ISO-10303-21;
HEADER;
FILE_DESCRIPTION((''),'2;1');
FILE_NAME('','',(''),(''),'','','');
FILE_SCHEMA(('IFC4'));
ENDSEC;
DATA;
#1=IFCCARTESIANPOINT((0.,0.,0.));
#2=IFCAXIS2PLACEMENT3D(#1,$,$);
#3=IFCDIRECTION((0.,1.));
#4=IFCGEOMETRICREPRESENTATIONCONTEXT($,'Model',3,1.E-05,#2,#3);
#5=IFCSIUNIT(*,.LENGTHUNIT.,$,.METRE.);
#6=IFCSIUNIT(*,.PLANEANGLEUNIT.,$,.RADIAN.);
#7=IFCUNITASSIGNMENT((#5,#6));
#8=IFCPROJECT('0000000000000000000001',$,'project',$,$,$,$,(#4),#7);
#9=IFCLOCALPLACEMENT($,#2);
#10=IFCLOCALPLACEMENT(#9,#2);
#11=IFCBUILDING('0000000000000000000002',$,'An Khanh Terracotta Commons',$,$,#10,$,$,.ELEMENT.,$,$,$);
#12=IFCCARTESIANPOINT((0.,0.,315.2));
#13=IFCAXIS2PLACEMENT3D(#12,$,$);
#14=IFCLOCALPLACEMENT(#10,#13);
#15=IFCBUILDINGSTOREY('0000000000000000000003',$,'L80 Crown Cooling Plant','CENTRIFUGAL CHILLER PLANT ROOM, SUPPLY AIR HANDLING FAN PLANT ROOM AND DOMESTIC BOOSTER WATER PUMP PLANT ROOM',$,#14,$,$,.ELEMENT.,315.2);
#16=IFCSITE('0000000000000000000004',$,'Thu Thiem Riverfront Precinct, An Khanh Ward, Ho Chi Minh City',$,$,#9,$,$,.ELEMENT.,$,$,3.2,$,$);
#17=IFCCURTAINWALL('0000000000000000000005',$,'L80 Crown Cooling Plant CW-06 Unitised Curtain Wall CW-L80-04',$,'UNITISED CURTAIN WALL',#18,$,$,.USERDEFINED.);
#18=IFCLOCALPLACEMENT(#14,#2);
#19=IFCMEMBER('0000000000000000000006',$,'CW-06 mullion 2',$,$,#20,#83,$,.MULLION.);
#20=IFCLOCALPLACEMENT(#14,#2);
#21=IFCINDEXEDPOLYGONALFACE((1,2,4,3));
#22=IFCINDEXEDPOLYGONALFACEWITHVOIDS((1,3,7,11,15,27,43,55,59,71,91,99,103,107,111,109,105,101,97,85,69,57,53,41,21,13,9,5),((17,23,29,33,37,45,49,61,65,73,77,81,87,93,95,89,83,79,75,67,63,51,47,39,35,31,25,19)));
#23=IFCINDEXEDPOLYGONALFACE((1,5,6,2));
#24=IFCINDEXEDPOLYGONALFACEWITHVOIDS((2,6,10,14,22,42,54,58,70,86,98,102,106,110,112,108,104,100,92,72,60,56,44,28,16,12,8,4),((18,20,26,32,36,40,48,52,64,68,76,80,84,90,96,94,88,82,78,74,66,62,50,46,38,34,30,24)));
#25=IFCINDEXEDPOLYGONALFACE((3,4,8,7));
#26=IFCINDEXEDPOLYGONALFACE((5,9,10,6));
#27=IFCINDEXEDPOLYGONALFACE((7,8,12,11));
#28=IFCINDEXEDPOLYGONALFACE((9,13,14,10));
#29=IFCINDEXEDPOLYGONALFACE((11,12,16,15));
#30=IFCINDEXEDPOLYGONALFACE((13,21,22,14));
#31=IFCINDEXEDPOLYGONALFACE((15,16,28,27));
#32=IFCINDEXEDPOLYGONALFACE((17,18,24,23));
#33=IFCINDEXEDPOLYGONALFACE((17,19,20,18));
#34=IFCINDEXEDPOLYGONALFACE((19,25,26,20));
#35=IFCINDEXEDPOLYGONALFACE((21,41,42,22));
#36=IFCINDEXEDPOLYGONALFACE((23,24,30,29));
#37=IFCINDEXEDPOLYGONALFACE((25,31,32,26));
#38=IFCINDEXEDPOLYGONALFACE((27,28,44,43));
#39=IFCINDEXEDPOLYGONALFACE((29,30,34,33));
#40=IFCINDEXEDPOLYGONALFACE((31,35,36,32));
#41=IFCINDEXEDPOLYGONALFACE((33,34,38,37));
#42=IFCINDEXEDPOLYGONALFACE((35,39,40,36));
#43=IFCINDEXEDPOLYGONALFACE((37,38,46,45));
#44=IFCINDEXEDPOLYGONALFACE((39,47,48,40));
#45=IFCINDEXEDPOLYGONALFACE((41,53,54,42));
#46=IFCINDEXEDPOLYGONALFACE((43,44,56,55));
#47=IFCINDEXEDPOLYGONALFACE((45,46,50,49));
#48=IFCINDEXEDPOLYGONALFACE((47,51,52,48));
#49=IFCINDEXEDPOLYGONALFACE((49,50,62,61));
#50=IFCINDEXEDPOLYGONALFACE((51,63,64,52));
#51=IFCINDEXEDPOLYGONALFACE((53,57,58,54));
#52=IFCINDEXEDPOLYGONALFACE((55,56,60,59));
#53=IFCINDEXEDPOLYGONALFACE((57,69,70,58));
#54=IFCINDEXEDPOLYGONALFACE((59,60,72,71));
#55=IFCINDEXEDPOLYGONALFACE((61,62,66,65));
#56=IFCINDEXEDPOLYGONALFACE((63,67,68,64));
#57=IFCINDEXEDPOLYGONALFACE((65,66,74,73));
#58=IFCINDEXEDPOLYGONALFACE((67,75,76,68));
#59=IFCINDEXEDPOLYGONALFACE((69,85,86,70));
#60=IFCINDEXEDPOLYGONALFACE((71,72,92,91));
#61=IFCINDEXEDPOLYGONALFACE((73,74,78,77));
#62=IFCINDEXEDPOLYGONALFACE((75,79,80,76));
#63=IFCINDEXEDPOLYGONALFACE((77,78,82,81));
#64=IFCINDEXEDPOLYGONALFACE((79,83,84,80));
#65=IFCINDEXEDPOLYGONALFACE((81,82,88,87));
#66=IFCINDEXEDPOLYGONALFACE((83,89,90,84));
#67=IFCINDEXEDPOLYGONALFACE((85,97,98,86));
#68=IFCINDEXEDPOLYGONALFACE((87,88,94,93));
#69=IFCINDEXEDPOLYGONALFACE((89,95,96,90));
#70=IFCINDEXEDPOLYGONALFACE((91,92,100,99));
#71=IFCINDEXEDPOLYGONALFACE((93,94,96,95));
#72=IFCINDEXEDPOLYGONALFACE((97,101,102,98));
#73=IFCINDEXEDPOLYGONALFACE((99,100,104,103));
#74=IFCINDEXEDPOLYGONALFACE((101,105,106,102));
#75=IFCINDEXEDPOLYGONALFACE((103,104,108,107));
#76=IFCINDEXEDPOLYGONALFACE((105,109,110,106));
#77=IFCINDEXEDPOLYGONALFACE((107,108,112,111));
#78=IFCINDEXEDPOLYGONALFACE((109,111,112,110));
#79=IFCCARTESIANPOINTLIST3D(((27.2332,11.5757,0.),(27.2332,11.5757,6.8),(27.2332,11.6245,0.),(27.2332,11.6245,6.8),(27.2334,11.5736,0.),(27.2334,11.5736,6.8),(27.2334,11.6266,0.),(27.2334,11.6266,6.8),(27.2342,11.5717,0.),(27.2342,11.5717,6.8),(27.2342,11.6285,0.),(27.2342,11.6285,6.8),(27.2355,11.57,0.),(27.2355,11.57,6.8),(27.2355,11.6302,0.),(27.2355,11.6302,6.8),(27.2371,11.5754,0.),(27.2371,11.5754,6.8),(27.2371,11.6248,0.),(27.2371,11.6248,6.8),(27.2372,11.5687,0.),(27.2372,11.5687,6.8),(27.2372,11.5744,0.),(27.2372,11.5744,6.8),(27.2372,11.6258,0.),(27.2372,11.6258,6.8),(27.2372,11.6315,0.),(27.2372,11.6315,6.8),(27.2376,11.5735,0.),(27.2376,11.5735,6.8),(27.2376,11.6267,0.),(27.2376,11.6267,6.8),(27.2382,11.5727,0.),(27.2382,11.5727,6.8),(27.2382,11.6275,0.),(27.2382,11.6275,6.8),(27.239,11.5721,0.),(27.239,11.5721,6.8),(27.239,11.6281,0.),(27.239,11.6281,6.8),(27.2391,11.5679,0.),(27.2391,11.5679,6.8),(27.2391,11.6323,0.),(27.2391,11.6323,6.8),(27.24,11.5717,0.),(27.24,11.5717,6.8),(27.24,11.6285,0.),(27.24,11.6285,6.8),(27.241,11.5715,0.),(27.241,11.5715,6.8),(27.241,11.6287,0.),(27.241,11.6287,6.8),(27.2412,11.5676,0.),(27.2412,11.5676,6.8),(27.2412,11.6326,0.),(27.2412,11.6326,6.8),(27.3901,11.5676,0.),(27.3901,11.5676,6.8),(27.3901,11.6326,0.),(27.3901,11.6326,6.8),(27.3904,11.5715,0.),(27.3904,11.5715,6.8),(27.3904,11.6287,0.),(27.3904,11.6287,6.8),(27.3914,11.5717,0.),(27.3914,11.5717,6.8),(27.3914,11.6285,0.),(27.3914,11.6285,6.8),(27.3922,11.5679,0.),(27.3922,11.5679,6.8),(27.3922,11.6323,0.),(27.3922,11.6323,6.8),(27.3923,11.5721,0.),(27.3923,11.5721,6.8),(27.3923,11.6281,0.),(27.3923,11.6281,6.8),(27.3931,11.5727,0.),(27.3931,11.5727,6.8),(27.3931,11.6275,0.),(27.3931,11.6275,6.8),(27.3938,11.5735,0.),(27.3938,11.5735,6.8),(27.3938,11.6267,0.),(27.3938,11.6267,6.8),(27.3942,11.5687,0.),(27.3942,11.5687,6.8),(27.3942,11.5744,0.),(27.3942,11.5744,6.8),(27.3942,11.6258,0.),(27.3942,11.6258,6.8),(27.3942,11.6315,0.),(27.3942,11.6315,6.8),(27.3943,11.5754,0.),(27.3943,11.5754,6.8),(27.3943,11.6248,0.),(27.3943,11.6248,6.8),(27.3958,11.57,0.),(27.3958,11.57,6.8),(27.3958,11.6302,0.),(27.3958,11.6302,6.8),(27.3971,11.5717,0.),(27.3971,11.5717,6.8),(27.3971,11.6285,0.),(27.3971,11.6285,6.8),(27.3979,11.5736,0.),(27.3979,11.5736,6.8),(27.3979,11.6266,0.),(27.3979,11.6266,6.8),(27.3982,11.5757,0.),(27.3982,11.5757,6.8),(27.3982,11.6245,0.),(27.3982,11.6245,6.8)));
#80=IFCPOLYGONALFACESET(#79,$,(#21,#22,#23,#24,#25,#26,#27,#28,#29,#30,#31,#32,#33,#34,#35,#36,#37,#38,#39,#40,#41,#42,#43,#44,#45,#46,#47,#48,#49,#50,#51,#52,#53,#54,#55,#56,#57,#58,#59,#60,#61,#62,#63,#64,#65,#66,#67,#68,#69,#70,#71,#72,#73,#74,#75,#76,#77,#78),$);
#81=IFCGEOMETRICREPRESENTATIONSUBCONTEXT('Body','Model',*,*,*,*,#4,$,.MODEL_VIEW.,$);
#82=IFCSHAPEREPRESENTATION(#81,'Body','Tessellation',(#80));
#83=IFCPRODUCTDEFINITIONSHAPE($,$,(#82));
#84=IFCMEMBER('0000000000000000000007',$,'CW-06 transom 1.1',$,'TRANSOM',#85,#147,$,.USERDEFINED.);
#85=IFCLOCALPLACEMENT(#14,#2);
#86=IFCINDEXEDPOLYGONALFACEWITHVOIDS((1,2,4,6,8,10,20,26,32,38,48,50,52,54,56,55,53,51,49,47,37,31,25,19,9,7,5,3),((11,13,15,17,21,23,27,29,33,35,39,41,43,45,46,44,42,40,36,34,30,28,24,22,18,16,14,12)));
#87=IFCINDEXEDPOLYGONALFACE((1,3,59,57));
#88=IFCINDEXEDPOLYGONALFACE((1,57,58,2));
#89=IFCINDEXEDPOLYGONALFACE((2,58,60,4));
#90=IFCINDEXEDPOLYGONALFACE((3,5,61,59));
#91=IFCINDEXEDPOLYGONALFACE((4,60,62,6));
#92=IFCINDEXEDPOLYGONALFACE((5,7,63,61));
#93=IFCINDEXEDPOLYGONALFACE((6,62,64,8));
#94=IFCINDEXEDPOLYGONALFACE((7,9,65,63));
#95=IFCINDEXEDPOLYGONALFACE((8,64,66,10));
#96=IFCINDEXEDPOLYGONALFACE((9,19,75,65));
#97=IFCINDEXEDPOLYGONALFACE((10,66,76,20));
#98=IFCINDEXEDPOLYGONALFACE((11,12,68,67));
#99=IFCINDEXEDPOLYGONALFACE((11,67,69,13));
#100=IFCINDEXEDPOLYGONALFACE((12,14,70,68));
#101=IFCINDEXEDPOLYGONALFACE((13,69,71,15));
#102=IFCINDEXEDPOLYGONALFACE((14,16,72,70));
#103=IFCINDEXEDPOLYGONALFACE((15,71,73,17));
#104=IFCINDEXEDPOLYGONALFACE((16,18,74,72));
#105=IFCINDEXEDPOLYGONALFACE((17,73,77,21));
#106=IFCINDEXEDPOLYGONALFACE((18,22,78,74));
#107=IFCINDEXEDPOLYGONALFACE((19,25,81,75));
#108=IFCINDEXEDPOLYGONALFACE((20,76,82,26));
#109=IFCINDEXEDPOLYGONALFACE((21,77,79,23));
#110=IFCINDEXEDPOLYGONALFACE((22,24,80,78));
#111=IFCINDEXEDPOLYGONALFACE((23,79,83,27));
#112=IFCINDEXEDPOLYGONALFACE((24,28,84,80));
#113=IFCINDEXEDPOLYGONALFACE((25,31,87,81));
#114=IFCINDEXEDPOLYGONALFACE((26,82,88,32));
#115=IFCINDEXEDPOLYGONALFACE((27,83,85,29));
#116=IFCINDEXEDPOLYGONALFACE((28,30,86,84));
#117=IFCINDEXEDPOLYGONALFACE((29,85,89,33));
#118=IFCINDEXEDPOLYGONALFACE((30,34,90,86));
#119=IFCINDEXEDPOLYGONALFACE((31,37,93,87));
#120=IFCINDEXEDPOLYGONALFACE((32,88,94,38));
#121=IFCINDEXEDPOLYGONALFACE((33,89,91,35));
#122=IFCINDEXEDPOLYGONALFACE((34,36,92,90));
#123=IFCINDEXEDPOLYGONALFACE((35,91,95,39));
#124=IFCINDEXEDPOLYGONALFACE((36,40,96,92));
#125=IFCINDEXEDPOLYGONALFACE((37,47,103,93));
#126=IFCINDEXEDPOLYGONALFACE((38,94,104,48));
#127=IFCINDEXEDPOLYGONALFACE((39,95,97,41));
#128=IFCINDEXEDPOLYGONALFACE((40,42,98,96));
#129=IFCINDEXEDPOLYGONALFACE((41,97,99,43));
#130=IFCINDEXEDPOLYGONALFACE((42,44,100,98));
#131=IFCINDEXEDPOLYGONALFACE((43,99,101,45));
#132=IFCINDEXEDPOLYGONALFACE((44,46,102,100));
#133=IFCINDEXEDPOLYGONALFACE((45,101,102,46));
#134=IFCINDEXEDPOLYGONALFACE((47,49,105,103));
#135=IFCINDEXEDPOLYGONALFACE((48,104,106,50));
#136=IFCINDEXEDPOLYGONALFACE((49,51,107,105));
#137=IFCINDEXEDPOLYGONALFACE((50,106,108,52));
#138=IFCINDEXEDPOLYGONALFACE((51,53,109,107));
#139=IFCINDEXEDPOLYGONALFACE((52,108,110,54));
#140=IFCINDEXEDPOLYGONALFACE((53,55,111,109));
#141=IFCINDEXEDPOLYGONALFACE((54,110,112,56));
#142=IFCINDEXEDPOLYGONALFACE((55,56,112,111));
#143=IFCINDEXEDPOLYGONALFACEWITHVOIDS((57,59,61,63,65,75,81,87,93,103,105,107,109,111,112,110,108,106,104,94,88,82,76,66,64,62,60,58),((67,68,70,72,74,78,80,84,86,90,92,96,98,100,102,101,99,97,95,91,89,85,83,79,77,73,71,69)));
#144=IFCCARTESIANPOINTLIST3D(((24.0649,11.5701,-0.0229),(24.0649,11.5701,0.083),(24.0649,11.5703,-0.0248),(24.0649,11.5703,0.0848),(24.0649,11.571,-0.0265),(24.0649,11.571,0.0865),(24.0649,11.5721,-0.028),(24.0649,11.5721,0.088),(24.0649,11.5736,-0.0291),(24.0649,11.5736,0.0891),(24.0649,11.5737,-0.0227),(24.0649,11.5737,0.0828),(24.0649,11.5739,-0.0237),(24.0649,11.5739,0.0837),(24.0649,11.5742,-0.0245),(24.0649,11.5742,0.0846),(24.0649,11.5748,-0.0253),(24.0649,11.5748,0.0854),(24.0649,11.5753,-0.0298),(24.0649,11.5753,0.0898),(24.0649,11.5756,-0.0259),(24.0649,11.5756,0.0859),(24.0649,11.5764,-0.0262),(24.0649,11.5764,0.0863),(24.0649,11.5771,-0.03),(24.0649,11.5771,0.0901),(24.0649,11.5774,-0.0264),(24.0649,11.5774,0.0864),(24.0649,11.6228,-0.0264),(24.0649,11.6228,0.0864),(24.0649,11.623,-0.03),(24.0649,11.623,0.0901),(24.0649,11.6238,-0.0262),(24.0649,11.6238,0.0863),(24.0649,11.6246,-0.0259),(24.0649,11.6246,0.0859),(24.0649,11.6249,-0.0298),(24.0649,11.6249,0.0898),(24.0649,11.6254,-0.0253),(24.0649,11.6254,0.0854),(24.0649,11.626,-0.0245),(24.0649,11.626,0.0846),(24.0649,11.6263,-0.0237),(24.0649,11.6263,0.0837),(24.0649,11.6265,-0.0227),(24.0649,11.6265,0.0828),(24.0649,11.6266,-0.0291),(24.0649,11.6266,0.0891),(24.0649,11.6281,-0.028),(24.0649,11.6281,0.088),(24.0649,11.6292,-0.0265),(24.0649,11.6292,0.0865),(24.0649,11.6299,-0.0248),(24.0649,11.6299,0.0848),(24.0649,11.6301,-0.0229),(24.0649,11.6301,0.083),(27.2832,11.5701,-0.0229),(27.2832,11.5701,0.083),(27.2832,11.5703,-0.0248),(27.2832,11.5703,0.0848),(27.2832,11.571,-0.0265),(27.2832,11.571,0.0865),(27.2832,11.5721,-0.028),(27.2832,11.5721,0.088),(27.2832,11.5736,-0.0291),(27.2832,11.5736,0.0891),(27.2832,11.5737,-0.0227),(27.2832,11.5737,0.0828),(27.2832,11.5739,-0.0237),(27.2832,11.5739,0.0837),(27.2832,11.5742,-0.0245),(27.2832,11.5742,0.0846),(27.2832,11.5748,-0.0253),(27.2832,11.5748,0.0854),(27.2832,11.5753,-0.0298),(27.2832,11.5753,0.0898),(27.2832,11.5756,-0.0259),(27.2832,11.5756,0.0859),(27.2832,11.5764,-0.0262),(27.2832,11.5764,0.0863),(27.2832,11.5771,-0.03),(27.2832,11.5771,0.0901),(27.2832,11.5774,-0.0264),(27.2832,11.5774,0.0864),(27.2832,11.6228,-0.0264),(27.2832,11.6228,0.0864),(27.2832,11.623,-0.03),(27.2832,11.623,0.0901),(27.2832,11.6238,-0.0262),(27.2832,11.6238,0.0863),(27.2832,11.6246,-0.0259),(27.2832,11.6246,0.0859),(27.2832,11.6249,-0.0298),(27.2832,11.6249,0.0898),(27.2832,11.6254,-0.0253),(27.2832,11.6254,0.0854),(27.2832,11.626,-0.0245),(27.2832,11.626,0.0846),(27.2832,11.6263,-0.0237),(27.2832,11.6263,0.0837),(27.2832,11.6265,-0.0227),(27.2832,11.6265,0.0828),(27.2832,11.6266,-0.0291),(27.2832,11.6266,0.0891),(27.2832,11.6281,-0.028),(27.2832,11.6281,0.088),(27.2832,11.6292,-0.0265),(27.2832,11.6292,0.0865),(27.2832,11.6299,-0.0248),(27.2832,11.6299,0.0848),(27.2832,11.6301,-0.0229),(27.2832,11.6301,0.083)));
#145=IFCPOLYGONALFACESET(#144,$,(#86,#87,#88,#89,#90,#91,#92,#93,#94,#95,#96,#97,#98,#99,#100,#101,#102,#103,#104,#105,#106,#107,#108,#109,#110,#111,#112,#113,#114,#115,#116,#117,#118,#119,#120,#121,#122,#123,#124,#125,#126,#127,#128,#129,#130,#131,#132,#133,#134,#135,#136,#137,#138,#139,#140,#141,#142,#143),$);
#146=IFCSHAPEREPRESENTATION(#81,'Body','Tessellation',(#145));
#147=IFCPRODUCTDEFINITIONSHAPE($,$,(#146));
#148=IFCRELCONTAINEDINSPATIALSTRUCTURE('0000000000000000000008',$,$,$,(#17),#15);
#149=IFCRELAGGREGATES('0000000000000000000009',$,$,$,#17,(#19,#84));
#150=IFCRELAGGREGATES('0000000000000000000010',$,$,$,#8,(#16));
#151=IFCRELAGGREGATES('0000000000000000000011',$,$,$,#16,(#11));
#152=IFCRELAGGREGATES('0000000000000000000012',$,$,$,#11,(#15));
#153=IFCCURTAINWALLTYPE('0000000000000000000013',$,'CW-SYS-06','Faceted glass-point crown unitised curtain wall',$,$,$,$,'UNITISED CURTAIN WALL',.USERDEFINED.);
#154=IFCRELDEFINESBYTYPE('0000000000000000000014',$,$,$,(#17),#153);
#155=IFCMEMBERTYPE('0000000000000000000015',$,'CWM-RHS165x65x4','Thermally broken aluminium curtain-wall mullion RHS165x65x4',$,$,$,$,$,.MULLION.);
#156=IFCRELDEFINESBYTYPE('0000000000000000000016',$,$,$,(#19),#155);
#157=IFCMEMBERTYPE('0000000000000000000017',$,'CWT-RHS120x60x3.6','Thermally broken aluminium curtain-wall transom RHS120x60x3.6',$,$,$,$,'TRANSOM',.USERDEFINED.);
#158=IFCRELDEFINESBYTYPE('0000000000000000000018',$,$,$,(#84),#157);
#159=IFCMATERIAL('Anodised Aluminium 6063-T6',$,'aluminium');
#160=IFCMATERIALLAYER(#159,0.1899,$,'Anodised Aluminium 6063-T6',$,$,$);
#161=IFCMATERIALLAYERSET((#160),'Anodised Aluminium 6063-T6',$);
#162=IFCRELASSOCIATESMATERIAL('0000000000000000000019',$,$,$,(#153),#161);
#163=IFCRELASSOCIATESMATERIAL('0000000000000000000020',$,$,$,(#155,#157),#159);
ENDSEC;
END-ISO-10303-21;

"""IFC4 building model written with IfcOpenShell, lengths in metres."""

from ifc_helpers import new_model, si_unit, direction, frame, origin, origin_2d, place, context, subcontext, project, spatial, hollow_rectangle, extrude, material, layer, layer_set, material_profile, profile_set, type_object, element, aggregate, save


model = new_model("IFC4")

# Units and contexts
model_context = context("Model", 3, precision=1e-05, world=origin(), true_north=direction((0.0, 1.0)))
body_context = subcontext(model_context, "Body", "Model", "MODEL_VIEW")
ifc_project = project(units=[si_unit("LENGTHUNIT", "METRE"), si_unit("PLANEANGLEUNIT", "RADIAN")], contexts=[model_context])

# Site, building, storey
site_placement = place(None, origin())
site = spatial("IfcSite", under=ifc_project, at=site_placement, Name="Thu Thiem Riverfront Precinct, An Khanh Ward, Ho Chi Minh City", CompositionType="ELEMENT", RefElevation=3.2)
building_placement = place(site_placement, origin())
building = spatial("IfcBuilding", under=site, at=building_placement, Name="An Khanh Terracotta Commons", CompositionType="ELEMENT")
storey_placement = place(building_placement, frame((0.0, 0.0, 315.2)))
storey = spatial("IfcBuildingStorey", under=building, at=storey_placement, Name="L80 Crown Cooling Plant", Description="CENTRIFUGAL CHILLER PLANT ROOM, SUPPLY AIR HANDLING FAN PLANT ROOM AND DOMESTIC BOOSTER WATER PUMP PLANT ROOM", CompositionType="ELEMENT", Elevation=315.2)

# Curtain wall, members
ifc_material_1 = material(Name="Anodised Aluminium 6063-T6", Category="aluminium")
ifc_layer_1 = layer(ifc_material_1, 0.1899, Name="Anodised Aluminium 6063-T6")
ifc_layer_set_1 = layer_set([ifc_layer_1], Name="Anodised Aluminium 6063-T6")
curtain_wall_type = type_object("IfcCurtainWallType", Name="CW-SYS-06", Description="Faceted glass-point crown unitised curtain wall", ElementType="UNITISED CURTAIN WALL", PredefinedType="USERDEFINED", material=ifc_layer_set_1)
curtain_wall_placement = place(storey_placement, origin())
curtain_wall = element("IfcCurtainWall", 1, at=curtain_wall_placement, inside=storey, type_object=curtain_wall_type, Name="L80 Crown Cooling Plant CW-06 Unitised Curtain Wall CW-L80-04", ObjectType="UNITISED CURTAIN WALL", PredefinedType="USERDEFINED")
ifc_material_profile_1 = material_profile(ifc_material_1, hollow_rectangle(XDim=0.0649, YDim=0.165, WallThickness=0.0039, InnerFilletRadius=0.0039, OuterFilletRadius=0.0081, at=origin_2d()), Name="RHS165x65x4")
ifc_profile_set_1 = profile_set([ifc_material_profile_1], Name="Anodised Aluminium 6063-T6")
member_type_1 = type_object("IfcMemberType", Name="CWM-RHS165x65x4", Description="Thermally broken aluminium curtain-wall mullion RHS165x65x4", PredefinedType="MULLION", material=ifc_profile_set_1)
member_1_placement = place(storey_placement, frame((27.3157, 11.6001, 0.0), z_axis=(0.0, 0.0, 1.0), x_axis=(0.0, 1.0, 0.0)))
member_1 = element("IfcMember", 2, at=member_1_placement, type_object=member_type_1, Name="CW-06 mullion 2", PredefinedType="MULLION", context=body_context, shape_type="SweptSolid", body=[
    extrude(hollow_rectangle(XDim=0.0649, YDim=0.165, WallThickness=0.0039, InnerFilletRadius=0.0039, OuterFilletRadius=0.0081, at=origin_2d()), origin(), (0.0, 0.0, 1.0), 6.8),
])
ifc_material_profile_2 = material_profile(ifc_material_1, hollow_rectangle(XDim=0.0601, YDim=0.1201, WallThickness=0.0037, InnerFilletRadius=0.0037, OuterFilletRadius=0.0071, at=origin_2d()), Name="RHS120x60x3.6")
ifc_profile_set_2 = profile_set([ifc_material_profile_2], Name="Anodised Aluminium 6063-T6")
member_type_2 = type_object("IfcMemberType", Name="CWT-RHS120x60x3.6", Description="Thermally broken aluminium curtain-wall transom RHS120x60x3.6", ElementType="TRANSOM", PredefinedType="USERDEFINED", material=ifc_profile_set_2)
member_2_placement = place(storey_placement, frame((24.0649, 11.6001, 0.03), z_axis=(1.0, 0.0, 0.0), x_axis=(0.0, 1.0, 0.0)))
member_2 = element("IfcMember", 3, at=member_2_placement, type_object=member_type_2, Name="CW-06 transom 1.1", ObjectType="TRANSOM", PredefinedType="USERDEFINED", context=body_context, shape_type="SweptSolid", body=[
    extrude(hollow_rectangle(XDim=0.0601, YDim=0.1201, WallThickness=0.0037, InnerFilletRadius=0.0037, OuterFilletRadius=0.0071, at=origin_2d()), origin(), (0.0, 0.0, 1.0), 3.2183),
])
aggregate(curtain_wall, [member_1, member_2])

save(model, "model.ifc")
